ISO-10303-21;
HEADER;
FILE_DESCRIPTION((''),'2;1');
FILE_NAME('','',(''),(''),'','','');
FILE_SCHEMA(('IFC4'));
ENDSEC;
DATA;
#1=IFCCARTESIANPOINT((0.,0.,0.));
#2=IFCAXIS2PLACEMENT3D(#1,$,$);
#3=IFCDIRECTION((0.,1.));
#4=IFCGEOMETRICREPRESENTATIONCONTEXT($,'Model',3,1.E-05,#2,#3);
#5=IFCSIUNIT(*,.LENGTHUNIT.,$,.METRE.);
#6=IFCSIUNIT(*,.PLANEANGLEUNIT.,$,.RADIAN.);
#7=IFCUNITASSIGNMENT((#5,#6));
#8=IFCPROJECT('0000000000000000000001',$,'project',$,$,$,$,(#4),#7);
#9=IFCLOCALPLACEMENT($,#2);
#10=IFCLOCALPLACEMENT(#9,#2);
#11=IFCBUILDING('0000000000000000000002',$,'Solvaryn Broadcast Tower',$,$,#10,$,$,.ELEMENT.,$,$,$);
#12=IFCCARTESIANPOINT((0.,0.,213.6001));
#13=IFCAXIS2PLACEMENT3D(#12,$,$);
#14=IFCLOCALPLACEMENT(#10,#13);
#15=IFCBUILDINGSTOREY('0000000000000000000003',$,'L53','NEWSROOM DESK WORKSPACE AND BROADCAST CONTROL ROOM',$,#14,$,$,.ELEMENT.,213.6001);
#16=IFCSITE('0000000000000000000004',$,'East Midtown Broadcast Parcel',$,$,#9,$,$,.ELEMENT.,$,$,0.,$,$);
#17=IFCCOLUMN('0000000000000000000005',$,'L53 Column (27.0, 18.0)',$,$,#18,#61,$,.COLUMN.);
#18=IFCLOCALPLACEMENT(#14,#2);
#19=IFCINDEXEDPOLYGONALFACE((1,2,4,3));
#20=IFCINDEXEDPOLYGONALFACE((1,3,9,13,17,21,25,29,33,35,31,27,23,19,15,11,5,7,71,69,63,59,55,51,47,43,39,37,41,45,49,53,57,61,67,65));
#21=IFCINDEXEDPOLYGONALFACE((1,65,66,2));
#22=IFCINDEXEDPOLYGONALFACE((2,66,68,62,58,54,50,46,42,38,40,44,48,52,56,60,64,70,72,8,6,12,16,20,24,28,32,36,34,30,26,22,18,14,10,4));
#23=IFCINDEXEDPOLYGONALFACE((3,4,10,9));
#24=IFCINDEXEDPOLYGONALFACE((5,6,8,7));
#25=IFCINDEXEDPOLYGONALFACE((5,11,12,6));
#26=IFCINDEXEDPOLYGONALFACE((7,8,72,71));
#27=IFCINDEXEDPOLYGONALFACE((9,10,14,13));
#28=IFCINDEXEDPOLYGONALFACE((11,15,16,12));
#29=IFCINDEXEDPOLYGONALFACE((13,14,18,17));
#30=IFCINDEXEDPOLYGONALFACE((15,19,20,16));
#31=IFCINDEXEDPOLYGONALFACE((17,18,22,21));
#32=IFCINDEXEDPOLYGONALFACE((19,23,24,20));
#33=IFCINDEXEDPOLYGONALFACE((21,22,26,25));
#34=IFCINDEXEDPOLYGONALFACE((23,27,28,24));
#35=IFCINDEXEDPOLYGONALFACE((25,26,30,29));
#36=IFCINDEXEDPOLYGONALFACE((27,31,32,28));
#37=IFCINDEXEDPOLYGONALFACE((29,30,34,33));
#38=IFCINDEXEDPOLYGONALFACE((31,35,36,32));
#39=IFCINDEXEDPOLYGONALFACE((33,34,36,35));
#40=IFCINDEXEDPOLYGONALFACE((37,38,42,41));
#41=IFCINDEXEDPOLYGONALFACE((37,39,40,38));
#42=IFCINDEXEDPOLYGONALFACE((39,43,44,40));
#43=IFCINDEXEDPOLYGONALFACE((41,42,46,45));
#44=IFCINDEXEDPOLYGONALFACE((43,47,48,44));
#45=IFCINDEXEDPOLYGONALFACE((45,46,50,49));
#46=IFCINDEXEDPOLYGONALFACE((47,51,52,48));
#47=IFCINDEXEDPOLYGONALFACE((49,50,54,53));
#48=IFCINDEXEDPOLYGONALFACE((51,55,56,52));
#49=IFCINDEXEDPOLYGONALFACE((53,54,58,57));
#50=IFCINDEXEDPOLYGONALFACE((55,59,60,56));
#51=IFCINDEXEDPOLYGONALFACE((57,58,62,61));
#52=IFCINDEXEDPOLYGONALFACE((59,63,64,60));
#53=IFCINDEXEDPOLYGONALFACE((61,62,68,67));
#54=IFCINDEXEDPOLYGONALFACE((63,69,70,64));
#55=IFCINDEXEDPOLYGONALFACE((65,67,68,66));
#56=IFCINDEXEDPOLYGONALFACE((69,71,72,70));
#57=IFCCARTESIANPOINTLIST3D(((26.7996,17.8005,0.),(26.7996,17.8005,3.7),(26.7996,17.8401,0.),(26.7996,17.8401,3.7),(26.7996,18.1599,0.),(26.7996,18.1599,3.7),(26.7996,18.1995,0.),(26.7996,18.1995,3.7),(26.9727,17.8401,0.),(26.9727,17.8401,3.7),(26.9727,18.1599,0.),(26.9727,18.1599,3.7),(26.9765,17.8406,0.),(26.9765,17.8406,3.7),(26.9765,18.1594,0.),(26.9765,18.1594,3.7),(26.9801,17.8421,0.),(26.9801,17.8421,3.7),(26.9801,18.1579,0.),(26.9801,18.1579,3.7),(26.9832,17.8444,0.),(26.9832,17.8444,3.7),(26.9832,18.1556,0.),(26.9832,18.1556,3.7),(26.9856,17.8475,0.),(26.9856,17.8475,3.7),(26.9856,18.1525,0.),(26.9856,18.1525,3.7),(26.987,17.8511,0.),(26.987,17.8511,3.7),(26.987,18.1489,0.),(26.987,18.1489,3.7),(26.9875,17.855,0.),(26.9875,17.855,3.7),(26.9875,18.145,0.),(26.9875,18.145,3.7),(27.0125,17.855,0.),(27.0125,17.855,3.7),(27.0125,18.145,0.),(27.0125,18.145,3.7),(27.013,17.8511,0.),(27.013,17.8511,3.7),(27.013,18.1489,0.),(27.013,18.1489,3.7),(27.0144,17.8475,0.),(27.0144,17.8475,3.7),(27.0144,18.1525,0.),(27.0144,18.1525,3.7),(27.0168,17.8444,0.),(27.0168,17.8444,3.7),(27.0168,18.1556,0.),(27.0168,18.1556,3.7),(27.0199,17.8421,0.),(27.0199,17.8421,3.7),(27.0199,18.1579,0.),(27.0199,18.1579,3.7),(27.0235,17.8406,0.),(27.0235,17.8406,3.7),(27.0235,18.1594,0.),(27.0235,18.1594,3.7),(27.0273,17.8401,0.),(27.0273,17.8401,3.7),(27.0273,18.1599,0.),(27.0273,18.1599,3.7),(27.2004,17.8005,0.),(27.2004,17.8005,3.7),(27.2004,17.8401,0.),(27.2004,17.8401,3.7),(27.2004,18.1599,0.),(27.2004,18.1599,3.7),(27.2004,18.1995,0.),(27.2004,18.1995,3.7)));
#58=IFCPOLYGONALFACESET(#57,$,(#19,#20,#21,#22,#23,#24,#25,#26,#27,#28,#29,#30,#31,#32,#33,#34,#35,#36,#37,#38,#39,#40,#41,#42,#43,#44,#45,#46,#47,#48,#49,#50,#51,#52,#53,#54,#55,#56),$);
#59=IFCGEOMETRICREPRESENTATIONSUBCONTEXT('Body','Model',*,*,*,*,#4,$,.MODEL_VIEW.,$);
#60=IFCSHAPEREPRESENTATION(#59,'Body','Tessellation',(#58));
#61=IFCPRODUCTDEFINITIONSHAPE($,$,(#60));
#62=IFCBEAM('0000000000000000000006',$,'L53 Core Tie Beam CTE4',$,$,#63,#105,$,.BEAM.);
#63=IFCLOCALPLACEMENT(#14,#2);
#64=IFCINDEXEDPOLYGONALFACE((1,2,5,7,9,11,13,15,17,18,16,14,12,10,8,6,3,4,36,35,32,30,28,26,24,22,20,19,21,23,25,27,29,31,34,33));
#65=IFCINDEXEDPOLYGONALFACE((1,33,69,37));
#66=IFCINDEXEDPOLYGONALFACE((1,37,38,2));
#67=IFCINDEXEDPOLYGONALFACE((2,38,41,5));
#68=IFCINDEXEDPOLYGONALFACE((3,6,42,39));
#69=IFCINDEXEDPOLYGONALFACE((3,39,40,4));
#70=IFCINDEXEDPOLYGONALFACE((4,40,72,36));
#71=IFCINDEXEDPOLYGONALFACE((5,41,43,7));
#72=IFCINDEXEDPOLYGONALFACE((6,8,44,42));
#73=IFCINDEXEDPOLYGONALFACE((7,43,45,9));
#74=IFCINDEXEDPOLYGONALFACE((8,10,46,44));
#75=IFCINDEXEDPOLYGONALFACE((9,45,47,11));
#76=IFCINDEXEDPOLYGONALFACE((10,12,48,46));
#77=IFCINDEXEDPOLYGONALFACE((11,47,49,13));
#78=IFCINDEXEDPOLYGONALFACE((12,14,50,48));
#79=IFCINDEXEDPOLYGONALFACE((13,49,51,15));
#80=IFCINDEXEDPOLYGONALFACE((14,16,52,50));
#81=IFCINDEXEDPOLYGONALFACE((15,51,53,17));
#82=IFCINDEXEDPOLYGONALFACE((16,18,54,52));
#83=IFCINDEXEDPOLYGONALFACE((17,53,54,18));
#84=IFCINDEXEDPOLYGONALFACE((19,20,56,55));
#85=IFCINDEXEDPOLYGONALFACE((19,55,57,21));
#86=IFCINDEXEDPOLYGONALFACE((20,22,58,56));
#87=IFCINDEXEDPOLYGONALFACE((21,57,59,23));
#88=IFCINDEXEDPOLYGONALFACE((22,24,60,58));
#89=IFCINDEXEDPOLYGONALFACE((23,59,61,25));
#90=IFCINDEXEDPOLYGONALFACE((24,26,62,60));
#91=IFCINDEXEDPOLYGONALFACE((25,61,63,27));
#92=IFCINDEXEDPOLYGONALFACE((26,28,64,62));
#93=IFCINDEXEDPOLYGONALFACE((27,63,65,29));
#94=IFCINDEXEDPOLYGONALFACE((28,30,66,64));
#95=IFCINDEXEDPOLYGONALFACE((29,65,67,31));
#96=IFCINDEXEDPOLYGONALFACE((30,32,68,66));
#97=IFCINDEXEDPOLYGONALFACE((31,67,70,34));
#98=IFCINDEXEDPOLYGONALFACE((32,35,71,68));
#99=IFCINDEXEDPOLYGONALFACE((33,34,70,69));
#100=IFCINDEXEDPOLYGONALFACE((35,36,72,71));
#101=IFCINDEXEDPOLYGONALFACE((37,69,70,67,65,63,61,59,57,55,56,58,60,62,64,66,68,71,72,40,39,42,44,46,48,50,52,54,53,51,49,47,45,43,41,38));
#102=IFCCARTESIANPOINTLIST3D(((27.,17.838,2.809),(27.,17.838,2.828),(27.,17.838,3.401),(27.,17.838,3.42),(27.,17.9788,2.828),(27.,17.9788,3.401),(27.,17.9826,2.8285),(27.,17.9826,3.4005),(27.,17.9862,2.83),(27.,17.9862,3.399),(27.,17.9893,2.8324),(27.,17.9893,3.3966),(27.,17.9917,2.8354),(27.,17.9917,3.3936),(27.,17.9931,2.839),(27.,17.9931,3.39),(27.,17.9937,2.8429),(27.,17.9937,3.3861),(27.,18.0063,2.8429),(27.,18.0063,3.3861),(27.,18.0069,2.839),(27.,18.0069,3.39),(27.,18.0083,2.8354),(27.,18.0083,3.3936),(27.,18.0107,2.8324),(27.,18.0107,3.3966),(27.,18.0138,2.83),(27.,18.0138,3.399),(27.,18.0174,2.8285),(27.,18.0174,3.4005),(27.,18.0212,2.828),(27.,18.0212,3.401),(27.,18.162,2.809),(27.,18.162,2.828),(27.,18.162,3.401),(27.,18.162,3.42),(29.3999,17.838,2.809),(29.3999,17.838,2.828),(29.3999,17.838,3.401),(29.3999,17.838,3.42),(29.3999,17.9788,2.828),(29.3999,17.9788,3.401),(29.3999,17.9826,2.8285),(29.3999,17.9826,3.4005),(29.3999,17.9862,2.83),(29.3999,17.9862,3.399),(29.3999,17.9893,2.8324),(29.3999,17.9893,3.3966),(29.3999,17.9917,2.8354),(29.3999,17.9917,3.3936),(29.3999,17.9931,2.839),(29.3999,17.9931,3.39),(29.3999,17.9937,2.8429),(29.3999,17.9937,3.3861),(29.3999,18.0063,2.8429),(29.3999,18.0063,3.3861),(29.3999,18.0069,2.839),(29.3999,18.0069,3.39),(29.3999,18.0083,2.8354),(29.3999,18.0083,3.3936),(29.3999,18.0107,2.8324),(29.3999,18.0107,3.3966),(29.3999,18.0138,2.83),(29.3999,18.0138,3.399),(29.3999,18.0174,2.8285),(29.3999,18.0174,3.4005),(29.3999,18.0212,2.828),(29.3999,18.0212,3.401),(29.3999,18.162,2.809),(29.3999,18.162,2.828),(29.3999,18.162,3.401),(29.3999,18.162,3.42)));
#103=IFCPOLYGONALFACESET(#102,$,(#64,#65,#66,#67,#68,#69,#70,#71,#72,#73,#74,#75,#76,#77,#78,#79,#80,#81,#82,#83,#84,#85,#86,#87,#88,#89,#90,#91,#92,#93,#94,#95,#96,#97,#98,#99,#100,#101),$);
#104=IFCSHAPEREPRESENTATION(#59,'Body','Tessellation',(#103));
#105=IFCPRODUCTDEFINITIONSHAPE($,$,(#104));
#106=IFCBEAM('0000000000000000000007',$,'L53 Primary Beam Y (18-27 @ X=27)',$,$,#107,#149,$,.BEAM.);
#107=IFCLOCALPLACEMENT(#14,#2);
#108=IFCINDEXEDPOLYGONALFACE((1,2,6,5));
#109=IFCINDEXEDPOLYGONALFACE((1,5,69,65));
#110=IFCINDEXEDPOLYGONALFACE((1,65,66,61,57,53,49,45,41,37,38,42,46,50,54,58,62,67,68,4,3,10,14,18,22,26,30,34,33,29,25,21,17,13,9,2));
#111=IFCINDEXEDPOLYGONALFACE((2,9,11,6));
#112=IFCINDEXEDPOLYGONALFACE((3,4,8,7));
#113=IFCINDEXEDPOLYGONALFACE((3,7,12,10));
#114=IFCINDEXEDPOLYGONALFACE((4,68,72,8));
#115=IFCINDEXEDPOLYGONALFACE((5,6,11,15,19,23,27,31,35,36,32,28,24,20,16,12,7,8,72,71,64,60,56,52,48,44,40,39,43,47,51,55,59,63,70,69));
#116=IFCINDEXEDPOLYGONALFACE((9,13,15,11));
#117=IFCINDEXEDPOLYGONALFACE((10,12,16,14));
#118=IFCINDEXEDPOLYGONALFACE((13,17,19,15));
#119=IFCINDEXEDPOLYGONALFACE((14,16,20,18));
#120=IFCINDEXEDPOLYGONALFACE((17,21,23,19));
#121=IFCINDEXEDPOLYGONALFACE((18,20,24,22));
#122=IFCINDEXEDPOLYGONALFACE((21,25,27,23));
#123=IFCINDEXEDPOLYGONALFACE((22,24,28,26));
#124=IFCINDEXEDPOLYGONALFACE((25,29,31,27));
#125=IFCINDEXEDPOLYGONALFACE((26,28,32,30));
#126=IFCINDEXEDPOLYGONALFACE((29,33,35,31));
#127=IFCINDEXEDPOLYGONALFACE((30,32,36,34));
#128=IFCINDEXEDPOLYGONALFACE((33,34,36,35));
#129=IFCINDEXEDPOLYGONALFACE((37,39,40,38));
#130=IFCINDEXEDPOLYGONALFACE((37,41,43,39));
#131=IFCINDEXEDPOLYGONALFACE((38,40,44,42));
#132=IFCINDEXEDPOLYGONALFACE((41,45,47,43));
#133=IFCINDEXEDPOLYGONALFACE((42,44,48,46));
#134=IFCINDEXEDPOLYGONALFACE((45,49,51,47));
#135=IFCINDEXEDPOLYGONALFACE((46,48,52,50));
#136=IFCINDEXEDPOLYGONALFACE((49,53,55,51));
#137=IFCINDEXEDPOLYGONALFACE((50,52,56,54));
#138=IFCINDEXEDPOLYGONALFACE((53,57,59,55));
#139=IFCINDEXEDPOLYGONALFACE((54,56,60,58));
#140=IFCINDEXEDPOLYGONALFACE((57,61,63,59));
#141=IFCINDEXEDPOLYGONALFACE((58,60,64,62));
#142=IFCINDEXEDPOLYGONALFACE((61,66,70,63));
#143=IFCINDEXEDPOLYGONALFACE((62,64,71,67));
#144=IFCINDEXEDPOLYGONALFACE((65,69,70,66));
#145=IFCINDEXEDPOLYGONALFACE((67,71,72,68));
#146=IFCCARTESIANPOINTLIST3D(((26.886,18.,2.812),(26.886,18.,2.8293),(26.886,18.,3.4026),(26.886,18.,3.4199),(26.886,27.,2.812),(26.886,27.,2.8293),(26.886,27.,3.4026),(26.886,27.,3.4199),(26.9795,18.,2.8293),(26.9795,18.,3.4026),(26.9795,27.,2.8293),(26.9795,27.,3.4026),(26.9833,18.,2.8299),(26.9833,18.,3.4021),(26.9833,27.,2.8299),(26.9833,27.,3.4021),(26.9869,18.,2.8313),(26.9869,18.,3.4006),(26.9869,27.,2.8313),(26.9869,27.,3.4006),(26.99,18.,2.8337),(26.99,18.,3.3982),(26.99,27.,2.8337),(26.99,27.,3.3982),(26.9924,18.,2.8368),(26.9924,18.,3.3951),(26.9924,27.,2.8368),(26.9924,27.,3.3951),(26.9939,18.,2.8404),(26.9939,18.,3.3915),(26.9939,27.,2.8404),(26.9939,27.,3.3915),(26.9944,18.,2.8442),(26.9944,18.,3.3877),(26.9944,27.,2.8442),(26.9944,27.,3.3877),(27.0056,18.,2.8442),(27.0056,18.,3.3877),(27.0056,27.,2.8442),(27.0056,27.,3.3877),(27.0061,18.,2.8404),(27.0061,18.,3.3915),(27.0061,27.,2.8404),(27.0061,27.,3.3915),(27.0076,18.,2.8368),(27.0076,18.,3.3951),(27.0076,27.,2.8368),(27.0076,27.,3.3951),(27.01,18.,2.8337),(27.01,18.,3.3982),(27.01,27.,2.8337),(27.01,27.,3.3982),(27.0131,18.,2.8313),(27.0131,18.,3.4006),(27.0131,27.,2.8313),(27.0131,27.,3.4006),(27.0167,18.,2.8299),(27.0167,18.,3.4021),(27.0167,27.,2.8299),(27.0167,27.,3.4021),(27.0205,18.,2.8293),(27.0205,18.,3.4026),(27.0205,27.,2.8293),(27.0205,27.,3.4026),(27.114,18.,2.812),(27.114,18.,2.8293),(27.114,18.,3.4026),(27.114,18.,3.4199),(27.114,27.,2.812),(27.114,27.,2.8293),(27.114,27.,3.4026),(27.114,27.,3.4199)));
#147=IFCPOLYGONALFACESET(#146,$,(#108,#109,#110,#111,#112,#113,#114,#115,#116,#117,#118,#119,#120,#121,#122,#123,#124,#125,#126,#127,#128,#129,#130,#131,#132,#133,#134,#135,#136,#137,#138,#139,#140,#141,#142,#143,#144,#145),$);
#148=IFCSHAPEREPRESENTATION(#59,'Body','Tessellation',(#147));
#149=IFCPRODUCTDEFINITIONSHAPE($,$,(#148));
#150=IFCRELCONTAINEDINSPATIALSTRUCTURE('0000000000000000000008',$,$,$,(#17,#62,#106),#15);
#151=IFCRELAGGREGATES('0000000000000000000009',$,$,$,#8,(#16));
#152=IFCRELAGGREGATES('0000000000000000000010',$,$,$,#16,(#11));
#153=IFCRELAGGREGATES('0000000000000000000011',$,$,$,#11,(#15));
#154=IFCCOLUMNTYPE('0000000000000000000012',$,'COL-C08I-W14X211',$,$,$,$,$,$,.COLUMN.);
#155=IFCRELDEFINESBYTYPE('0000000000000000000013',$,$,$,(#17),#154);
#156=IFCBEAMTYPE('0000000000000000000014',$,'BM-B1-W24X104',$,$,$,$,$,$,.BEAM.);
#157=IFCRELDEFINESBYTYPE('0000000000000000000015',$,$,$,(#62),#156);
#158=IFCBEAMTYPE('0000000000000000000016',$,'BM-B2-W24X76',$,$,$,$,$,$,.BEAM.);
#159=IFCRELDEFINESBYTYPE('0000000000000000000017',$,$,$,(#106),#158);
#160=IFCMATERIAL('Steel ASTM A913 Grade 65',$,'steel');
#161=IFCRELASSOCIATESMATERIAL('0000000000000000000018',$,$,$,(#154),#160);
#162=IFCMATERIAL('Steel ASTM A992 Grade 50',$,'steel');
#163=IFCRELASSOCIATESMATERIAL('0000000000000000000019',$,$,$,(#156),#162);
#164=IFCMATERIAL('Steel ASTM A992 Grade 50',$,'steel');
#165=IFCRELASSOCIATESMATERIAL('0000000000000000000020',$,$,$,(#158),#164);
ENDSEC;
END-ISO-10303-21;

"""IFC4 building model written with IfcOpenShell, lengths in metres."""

from ifc_helpers import new_model, si_unit, direction, frame, origin, origin_2d, place, context, subcontext, project, spatial, i_section, extrude, material, material_profile, profile_set, type_object, element, save


model = new_model("IFC4")

# Units and contexts
model_context = context("Model", 3, precision=1e-05, world=origin(), true_north=direction((0.0, 1.0)))
body_context = subcontext(model_context, "Body", "Model", "MODEL_VIEW")
ifc_project = project(units=[si_unit("LENGTHUNIT", "METRE"), si_unit("PLANEANGLEUNIT", "RADIAN")], contexts=[model_context])

# Site, building, storey
site_placement = place(None, origin())
site = spatial("IfcSite", under=ifc_project, at=site_placement, Name="East Midtown Broadcast Parcel", CompositionType="ELEMENT", RefElevation=0.0)
building_placement = place(site_placement, origin())
building = spatial("IfcBuilding", under=site, at=building_placement, Name="Solvaryn Broadcast Tower", CompositionType="ELEMENT")
storey_placement = place(building_placement, frame((0.0, 0.0, 213.6001)))
storey = spatial("IfcBuildingStorey", under=building, at=storey_placement, Name="L53", Description="NEWSROOM DESK WORKSPACE AND BROADCAST CONTROL ROOM", CompositionType="ELEMENT", Elevation=213.6001)

# Column
ifc_material_1 = material(Name="Steel ASTM A913 Grade 65", Category="steel")
ifc_material_profile_1 = material_profile(ifc_material_1, i_section(OverallWidth=0.4009, OverallDepth=0.3989, WebThickness=0.0249, FlangeThickness=0.0396, FilletRadius=0.0149, at=origin_2d()))
ifc_profile_set_1 = profile_set([ifc_material_profile_1], Name="Steel ASTM A913 Grade 65")
column_type = type_object("IfcColumnType", Name="COL-C08I-W14X211", PredefinedType="COLUMN", material=ifc_profile_set_1)
column_placement = place(storey_placement, frame((27.0, 18.0, 0.0), z_axis=(0.0, 0.0, 1.0), x_axis=(1.0, 0.0, 0.0)))
element("IfcColumn", 1, at=column_placement, inside=storey, type_object=column_type, Name="L53 Column (27.0, 18.0)", PredefinedType="COLUMN", context=body_context, shape_type="SweptSolid", body=[
    extrude(i_section(OverallWidth=0.4009, OverallDepth=0.3989, WebThickness=0.0249, FlangeThickness=0.0396, FilletRadius=0.0149, at=origin_2d()), origin(), (0.0, 0.0, 1.0), 3.7),
])

# Beams
ifc_material_2 = material(Name="Steel ASTM A992 Grade 50", Category="steel")
ifc_material_profile_2 = material_profile(ifc_material_2, i_section(OverallWidth=0.324, OverallDepth=0.6111, WebThickness=0.0127, FlangeThickness=0.019, FilletRadius=0.0149, at=origin_2d()))
ifc_profile_set_2 = profile_set([ifc_material_profile_2], Name="Steel ASTM A992 Grade 50")
beam_type_1 = type_object("IfcBeamType", Name="BM-B1-W24X104", PredefinedType="BEAM", material=ifc_profile_set_2)
beam_1_placement = place(storey_placement, frame((27.0, 18.0, 3.1145), z_axis=(1.0, 0.0, 0.0), x_axis=(0.0, 1.0, 0.0)))
element("IfcBeam", 2, at=beam_1_placement, inside=storey, type_object=beam_type_1, Name="L53 Core Tie Beam CTE4", PredefinedType="BEAM", context=body_context, shape_type="SweptSolid", body=[
    extrude(i_section(OverallWidth=0.324, OverallDepth=0.6111, WebThickness=0.0127, FlangeThickness=0.019, FilletRadius=0.0149, at=origin_2d()), origin(), (0.0, 0.0, 1.0), 2.3999),
])
ifc_material_3 = material(Name="Steel ASTM A992 Grade 50", Category="steel")
ifc_material_profile_3 = material_profile(ifc_material_3, i_section(OverallWidth=0.228, OverallDepth=0.6079, WebThickness=0.0112, FlangeThickness=0.0173, FilletRadius=0.0149, at=origin_2d()))
ifc_profile_set_3 = profile_set([ifc_material_profile_3], Name="Steel ASTM A992 Grade 50")
beam_type_2 = type_object("IfcBeamType", Name="BM-B2-W24X76", PredefinedType="BEAM", material=ifc_profile_set_3)
beam_2_placement = place(storey_placement, frame((27.0, 18.0, 3.116), z_axis=(0.0, 1.0, 0.0), x_axis=(-1.0, 0.0, 0.0)))
element("IfcBeam", 3, at=beam_2_placement, inside=storey, type_object=beam_type_2, Name="L53 Primary Beam Y (18-27 @ X=27)", PredefinedType="BEAM", context=body_context, shape_type="SweptSolid", body=[
    extrude(i_section(OverallWidth=0.228, OverallDepth=0.6079, WebThickness=0.0112, FlangeThickness=0.0173, FilletRadius=0.0149, at=origin_2d()), origin(), (0.0, 0.0, 1.0), 9.0),
])

save(model, "model.ifc")
